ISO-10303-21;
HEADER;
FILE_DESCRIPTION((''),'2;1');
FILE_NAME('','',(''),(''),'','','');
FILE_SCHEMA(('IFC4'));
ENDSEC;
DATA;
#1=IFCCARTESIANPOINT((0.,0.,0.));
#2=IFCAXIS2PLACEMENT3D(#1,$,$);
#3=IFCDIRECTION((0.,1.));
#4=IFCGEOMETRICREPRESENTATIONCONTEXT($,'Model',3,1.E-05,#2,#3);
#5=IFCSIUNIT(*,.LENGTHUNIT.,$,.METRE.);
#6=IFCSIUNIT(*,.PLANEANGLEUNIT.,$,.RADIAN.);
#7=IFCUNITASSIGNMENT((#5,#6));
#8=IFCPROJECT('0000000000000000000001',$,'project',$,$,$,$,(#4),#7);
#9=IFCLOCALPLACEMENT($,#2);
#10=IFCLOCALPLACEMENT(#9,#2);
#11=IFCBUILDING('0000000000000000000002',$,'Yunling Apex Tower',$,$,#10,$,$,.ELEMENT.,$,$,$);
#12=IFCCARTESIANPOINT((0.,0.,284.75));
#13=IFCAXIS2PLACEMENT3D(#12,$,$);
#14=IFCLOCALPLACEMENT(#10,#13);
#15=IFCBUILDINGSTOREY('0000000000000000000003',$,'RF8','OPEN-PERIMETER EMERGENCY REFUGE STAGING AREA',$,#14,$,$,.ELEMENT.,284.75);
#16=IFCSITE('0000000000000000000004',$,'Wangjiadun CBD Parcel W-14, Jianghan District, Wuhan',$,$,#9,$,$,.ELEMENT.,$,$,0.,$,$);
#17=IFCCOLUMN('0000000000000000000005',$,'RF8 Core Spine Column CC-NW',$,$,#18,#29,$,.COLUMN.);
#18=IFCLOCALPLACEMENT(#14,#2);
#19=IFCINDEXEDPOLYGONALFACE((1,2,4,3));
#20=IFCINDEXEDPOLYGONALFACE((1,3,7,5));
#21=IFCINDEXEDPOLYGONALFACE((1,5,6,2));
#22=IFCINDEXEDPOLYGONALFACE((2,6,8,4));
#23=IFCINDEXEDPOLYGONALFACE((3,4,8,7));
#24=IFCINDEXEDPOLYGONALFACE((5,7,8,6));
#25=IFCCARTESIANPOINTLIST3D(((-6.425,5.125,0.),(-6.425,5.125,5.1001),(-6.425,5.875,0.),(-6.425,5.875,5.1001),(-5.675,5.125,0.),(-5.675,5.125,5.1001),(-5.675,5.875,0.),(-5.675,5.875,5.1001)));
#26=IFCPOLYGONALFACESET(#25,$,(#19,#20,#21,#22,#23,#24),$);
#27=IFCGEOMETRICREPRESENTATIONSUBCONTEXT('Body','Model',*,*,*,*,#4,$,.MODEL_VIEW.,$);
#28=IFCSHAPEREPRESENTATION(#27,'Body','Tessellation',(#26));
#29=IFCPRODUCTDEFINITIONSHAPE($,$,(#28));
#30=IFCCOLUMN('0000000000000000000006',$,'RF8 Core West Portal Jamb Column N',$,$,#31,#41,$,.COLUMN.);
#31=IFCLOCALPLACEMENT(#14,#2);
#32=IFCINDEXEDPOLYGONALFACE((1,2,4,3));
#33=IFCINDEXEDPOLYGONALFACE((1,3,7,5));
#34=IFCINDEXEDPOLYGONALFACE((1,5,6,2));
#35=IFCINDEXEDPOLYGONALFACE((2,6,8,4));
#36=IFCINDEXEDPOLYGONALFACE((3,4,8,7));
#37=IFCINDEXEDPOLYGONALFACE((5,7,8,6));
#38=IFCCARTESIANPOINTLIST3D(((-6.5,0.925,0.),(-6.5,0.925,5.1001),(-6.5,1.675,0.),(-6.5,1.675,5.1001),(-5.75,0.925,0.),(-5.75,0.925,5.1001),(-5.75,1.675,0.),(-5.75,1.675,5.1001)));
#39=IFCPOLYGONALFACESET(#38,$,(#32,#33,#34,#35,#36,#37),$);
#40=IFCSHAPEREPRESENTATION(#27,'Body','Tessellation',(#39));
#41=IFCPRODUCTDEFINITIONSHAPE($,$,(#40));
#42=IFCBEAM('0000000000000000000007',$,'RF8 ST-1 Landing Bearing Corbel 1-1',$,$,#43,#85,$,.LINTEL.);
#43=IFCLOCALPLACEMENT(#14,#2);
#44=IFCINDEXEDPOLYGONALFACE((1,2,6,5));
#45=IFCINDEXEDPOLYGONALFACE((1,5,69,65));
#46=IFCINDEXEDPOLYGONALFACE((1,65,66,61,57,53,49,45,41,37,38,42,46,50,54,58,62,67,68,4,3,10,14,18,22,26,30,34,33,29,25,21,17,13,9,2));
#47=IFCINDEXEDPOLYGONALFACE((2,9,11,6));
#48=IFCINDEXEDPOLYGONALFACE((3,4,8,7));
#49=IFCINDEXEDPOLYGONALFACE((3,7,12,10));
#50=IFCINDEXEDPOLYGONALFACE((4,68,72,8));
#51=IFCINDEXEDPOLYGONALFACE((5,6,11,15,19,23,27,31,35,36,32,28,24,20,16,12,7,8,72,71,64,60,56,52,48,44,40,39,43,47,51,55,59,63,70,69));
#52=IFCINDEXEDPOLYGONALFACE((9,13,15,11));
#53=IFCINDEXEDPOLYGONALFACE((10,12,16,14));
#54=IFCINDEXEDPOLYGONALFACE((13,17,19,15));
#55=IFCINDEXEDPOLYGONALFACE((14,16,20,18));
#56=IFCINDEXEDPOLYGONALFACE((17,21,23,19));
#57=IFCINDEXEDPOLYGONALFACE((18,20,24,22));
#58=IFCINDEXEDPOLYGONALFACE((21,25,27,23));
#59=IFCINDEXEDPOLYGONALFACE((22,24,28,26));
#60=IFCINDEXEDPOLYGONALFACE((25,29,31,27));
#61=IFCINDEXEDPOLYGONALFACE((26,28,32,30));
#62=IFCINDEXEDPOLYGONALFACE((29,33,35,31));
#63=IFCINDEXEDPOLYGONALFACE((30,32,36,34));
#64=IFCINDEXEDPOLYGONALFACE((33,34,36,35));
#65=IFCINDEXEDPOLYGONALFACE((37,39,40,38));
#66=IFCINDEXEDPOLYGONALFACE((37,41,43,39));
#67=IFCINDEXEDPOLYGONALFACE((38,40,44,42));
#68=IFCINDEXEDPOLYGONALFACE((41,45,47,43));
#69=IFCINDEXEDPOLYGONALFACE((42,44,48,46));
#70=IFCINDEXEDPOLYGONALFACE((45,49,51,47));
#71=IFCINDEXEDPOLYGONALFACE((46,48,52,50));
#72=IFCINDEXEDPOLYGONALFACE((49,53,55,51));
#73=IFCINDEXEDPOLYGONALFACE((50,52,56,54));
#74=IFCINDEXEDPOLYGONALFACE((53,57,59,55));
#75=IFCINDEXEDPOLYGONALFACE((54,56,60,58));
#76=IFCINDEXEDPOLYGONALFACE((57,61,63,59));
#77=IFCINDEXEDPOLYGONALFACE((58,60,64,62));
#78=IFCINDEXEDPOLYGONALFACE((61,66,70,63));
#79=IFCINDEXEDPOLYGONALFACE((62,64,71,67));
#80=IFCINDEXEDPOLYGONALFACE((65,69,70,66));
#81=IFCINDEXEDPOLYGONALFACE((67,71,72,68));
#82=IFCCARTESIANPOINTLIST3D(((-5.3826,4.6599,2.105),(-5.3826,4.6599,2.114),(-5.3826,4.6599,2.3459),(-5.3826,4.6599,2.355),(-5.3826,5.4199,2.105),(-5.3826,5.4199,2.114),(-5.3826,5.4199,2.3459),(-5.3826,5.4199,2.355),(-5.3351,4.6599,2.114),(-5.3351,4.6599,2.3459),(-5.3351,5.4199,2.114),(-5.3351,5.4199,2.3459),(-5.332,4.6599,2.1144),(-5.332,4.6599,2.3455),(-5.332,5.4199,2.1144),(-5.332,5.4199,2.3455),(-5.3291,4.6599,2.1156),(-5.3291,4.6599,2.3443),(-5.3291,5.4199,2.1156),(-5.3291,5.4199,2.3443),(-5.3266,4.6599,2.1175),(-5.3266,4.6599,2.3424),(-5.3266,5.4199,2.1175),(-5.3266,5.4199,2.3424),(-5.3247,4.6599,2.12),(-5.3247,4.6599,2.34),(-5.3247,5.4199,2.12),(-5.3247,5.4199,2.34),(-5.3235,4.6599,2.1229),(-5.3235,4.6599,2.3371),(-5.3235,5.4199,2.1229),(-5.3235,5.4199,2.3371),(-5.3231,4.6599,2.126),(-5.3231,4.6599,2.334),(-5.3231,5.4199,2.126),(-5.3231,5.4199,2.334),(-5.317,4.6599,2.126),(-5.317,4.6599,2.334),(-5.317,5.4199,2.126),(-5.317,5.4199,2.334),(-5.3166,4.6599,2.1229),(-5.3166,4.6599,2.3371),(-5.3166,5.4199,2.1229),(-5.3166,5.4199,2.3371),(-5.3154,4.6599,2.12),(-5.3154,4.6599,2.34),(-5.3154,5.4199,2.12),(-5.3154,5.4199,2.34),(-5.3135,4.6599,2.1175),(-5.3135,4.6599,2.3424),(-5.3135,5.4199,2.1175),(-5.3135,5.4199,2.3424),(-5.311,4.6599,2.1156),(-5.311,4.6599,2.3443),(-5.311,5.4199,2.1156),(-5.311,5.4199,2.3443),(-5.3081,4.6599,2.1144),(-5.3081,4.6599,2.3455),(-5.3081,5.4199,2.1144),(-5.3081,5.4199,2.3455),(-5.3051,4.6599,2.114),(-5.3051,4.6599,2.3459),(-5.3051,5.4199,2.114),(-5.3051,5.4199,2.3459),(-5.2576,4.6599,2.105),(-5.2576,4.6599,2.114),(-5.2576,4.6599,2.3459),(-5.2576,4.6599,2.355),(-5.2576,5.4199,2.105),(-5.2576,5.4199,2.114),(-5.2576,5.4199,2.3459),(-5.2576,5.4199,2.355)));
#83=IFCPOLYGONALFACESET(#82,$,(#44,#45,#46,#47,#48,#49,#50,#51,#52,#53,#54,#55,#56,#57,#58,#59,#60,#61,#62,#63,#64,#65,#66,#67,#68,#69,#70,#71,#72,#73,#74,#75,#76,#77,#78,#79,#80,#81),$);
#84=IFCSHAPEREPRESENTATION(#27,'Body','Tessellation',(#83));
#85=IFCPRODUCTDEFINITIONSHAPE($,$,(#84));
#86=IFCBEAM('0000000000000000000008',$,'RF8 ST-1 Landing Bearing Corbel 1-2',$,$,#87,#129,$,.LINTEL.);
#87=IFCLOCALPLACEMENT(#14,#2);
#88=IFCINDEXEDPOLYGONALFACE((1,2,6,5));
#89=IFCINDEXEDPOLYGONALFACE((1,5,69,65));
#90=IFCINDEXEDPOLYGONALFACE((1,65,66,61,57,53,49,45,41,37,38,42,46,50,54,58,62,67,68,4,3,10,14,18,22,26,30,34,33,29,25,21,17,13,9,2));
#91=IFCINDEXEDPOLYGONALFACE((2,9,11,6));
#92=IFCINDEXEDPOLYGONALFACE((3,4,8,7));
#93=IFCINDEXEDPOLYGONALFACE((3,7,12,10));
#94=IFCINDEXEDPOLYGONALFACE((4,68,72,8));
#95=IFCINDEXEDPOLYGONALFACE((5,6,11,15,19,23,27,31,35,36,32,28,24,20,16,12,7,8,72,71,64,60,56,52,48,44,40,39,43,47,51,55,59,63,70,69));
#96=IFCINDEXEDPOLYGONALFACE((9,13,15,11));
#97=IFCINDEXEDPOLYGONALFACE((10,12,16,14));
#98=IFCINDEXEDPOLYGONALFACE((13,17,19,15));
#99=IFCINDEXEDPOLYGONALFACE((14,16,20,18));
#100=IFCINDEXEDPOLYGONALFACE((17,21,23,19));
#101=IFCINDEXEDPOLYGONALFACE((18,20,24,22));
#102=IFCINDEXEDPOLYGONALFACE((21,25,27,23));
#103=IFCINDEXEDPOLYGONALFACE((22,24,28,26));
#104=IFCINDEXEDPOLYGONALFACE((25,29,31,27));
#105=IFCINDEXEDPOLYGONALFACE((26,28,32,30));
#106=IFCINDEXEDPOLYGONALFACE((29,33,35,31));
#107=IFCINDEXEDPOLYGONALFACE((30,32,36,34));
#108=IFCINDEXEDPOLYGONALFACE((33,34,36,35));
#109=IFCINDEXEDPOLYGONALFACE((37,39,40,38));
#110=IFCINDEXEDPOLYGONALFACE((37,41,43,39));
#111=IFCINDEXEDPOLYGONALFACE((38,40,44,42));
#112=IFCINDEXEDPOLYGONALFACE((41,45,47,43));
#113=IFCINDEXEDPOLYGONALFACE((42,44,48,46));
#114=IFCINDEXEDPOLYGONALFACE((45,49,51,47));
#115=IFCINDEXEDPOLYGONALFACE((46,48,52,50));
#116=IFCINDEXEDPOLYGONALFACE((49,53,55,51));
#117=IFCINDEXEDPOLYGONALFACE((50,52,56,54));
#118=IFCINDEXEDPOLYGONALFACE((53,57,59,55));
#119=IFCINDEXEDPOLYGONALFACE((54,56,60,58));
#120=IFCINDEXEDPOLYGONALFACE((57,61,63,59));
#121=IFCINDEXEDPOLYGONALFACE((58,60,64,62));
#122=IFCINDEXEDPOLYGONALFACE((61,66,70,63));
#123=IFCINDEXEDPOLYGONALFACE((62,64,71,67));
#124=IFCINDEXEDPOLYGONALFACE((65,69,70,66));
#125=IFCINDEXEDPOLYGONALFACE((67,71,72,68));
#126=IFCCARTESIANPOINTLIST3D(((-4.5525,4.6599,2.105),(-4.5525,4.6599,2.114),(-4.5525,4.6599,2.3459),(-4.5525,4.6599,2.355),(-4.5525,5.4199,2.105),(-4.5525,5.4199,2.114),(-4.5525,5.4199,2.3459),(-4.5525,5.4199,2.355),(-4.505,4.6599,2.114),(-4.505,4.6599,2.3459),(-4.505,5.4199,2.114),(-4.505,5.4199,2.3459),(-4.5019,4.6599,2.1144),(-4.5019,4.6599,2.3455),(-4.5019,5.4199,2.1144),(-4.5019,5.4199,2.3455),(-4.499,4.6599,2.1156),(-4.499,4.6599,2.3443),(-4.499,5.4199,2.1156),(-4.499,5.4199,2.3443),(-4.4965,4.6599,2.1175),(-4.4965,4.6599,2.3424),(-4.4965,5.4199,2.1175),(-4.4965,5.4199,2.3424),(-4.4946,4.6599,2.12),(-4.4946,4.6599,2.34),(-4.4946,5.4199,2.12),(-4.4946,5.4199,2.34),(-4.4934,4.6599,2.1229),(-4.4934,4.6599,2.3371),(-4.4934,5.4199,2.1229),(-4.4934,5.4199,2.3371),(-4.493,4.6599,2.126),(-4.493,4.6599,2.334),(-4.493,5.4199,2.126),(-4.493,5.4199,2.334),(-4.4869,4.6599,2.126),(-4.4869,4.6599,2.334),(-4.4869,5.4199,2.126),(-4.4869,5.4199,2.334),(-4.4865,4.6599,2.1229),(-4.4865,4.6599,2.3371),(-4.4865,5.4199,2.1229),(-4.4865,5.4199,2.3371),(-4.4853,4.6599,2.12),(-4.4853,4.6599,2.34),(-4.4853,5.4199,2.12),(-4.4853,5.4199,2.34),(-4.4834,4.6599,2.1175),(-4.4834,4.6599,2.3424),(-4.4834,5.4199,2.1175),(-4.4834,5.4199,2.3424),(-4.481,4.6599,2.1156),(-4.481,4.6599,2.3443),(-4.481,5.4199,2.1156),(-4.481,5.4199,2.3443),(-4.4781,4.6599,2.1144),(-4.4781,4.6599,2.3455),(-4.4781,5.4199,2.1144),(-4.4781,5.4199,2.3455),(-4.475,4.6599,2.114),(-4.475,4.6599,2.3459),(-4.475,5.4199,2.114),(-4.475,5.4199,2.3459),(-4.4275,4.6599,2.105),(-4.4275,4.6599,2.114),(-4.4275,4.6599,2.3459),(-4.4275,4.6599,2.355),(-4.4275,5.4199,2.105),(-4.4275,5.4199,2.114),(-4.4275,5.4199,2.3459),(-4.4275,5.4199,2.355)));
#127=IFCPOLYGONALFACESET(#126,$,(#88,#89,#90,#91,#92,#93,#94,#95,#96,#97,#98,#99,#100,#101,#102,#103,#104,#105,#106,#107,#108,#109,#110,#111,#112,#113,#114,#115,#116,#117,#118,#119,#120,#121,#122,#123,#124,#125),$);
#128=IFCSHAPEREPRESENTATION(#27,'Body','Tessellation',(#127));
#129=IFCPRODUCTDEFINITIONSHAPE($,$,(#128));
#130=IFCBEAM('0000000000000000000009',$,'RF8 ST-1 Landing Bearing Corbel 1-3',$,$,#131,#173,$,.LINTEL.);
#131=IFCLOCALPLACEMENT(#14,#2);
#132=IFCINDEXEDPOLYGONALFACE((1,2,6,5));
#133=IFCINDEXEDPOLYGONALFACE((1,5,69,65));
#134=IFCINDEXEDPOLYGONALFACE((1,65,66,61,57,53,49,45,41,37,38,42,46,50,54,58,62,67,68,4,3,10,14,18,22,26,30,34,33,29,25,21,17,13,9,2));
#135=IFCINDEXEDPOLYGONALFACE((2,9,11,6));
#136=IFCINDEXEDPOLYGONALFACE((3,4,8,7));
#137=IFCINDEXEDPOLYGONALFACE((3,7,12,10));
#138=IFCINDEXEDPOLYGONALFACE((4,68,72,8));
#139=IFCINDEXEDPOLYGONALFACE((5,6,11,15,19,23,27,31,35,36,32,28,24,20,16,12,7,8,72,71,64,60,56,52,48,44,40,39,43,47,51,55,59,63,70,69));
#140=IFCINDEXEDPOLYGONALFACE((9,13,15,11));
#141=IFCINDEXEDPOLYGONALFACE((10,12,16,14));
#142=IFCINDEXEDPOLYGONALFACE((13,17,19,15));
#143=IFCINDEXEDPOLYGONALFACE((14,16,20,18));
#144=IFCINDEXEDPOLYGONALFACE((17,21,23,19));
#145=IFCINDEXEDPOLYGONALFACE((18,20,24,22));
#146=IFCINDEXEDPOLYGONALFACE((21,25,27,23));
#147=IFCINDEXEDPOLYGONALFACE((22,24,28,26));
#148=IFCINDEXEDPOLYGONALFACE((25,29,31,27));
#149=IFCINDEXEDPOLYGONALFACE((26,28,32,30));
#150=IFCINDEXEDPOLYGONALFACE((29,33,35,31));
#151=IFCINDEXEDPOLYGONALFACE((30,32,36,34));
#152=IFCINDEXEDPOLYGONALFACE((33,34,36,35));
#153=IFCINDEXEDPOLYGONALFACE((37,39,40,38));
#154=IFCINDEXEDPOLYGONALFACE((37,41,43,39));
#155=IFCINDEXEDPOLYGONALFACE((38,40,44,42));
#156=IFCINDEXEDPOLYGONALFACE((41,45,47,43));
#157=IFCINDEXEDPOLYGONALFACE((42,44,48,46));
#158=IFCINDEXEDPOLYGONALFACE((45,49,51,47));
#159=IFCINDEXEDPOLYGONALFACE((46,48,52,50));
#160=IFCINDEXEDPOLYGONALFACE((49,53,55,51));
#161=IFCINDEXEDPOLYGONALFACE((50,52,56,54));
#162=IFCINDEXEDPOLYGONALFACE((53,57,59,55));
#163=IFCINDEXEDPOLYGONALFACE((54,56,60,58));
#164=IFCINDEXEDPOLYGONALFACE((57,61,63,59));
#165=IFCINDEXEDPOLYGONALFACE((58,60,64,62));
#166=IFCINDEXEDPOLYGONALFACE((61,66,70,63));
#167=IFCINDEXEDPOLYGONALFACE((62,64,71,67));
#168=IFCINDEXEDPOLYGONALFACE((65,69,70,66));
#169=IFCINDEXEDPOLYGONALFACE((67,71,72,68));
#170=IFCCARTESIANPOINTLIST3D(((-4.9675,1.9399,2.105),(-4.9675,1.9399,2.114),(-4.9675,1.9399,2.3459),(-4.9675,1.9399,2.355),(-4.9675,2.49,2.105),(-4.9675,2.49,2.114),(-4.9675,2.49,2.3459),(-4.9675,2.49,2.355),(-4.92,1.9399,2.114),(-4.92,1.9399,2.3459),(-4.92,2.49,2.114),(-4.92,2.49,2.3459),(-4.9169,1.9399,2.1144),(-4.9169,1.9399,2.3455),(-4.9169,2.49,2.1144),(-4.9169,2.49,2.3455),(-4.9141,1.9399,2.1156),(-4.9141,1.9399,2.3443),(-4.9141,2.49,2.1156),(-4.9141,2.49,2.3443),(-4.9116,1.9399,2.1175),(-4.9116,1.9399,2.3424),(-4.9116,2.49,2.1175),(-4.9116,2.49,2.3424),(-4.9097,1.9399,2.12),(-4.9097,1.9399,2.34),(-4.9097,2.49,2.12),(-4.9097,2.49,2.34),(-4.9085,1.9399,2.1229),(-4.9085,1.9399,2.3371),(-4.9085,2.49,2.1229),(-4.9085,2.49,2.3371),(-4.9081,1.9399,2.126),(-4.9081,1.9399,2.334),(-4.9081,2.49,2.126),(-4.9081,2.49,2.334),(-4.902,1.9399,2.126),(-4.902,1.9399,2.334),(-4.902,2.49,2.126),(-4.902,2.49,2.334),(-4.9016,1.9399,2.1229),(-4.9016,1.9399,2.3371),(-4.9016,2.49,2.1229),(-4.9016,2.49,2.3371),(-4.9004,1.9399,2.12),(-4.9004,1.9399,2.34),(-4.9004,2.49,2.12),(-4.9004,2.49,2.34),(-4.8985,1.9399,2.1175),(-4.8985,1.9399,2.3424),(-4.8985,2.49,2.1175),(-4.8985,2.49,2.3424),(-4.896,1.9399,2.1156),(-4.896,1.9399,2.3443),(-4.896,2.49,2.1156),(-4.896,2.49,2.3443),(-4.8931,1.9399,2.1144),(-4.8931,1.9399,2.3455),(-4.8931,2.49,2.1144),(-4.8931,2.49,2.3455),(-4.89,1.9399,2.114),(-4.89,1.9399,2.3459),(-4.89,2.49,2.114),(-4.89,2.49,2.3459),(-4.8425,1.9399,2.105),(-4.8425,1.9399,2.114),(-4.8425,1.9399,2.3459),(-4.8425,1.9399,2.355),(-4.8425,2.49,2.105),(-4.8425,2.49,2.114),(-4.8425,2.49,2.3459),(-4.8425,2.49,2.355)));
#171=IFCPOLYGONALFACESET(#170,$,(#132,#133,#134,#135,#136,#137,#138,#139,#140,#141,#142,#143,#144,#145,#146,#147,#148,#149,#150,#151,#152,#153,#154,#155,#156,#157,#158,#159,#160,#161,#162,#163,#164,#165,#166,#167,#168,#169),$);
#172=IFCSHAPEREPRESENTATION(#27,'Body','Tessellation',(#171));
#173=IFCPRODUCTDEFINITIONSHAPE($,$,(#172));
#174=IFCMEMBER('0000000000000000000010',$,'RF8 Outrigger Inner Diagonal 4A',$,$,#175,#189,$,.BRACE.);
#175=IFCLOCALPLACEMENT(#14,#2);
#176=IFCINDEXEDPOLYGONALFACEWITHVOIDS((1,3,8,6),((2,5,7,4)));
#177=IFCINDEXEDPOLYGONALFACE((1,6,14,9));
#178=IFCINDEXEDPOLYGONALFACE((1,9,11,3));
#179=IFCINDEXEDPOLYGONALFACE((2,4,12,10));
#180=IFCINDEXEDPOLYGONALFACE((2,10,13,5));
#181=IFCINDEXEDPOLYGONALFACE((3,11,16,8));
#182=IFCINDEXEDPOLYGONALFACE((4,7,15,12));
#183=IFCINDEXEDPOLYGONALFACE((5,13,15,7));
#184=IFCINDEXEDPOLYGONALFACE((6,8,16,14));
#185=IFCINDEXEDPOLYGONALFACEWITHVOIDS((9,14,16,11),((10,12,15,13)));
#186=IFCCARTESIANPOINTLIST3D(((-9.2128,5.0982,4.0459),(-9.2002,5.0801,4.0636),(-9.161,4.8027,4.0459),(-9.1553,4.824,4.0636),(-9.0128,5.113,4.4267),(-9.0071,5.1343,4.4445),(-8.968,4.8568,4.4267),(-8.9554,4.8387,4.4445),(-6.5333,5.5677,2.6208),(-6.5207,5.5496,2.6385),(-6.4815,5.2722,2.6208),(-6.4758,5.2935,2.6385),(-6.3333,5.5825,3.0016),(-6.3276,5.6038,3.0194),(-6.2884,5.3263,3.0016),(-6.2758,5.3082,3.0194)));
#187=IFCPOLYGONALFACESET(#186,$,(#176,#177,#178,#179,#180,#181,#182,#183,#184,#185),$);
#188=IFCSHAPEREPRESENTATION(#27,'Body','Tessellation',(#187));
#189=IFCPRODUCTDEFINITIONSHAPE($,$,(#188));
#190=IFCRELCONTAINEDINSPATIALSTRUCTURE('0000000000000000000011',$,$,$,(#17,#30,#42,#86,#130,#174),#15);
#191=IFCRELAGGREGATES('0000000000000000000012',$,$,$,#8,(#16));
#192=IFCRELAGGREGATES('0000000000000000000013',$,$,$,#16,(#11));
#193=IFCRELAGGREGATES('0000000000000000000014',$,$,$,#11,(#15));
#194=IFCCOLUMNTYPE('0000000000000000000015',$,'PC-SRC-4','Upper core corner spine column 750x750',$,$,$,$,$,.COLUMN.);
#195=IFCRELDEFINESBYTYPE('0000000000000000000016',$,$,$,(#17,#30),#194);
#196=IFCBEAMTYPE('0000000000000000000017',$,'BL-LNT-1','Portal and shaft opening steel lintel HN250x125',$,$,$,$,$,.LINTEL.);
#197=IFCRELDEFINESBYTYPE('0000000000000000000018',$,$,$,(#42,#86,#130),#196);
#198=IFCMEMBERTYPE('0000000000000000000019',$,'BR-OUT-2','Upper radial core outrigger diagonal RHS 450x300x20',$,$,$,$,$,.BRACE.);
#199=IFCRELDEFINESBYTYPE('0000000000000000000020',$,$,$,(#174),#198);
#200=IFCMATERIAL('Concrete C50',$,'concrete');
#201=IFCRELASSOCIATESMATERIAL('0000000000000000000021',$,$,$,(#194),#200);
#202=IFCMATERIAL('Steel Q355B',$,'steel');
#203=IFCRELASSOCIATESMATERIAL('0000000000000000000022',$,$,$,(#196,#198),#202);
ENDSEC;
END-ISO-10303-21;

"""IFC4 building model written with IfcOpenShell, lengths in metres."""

from ifc_helpers import new_model, si_unit, direction, frame, origin, origin_2d, place, context, subcontext, project, spatial, rectangle, hollow_rectangle, i_section, extrude, source, transform, mapped, material, material_profile, profile_set, type_object, element, save


model = new_model("IFC4")

# Units and contexts
model_context = context("Model", 3, precision=1e-05, world=origin(), true_north=direction((0.0, 1.0)))
body_context = subcontext(model_context, "Body", "Model", "MODEL_VIEW")
ifc_project = project(units=[si_unit("LENGTHUNIT", "METRE"), si_unit("PLANEANGLEUNIT", "RADIAN")], contexts=[model_context])

# Site, building, storey
site_placement = place(None, origin())
site = spatial("IfcSite", under=ifc_project, at=site_placement, Name="Wangjiadun CBD Parcel W-14, Jianghan District, Wuhan", CompositionType="ELEMENT", RefElevation=0.0)
building_placement = place(site_placement, origin())
building = spatial("IfcBuilding", under=site, at=building_placement, Name="Yunling Apex Tower", CompositionType="ELEMENT")
storey_placement = place(building_placement, frame((0.0, 0.0, 284.75)))
storey = spatial("IfcBuildingStorey", under=building, at=storey_placement, Name="RF8", Description="OPEN-PERIMETER EMERGENCY REFUGE STAGING AREA", CompositionType="ELEMENT", Elevation=284.75)

# Columns
ifc_material_1 = material(Name="Concrete C50", Category="concrete")
ifc_material_profile_1 = material_profile(ifc_material_1, rectangle(XDim=0.75, YDim=0.75, at=origin_2d()))
ifc_profile_set_1 = profile_set([ifc_material_profile_1], Name="Concrete C50")
column_type = type_object("IfcColumnType", Name="PC-SRC-4", Description="Upper core corner spine column 750x750", PredefinedType="COLUMN", material=ifc_profile_set_1)
shared_shape_1 = source(origin(), body_context, "Body", "SweptSolid", [
    extrude(rectangle(XDim=0.75, YDim=0.75, at=origin_2d()), origin(), (0.0, 0.0, 1.0), 5.1001),
])
for number, where, z_axis, x_axis, name in (
    (1, (-6.05, 5.5, 0.0), (0.0, 0.0, 1.0), (1.0, 0.0, 0.0), "RF8 Core Spine Column CC-NW"),
    (2, (-6.125, 1.3, 0.0), (0.0, 0.0, 1.0), (1.0, 0.0, 0.0), "RF8 Core West Portal Jamb Column N"),
):
    element("IfcColumn", number, at=place(storey_placement, frame(where, z_axis=z_axis, x_axis=x_axis)), inside=storey, type_object=column_type, Name=name, PredefinedType="COLUMN", context=body_context, shape_type="MappedRepresentation", body=[
        mapped(shared_shape_1, transform((0.0, 0.0, 0.0), scale=1.0)),
    ])

# Beams
ifc_material_2 = material(Name="Steel Q355B", Category="steel")
ifc_material_profile_2 = material_profile(ifc_material_2, i_section(OverallWidth=0.125, OverallDepth=0.25, WebThickness=0.0061, FlangeThickness=0.009, FilletRadius=0.012, at=origin_2d()))
ifc_profile_set_2 = profile_set([ifc_material_profile_2], Name="Steel Q355B")
beam_type = type_object("IfcBeamType", Name="BL-LNT-1", Description="Portal and shaft opening steel lintel HN250x125", PredefinedType="LINTEL", material=ifc_profile_set_2)
shared_shape_2 = source(origin(), body_context, "Body", "SweptSolid", [
    extrude(i_section(OverallWidth=0.125, OverallDepth=0.25, WebThickness=0.0061, FlangeThickness=0.009, FilletRadius=0.012, at=origin_2d()), origin(), (0.0, 0.0, 1.0), 0.76),
])
for number, where, z_axis, x_axis, name in (
    (3, (-5.3201, 5.4199, 2.23), (0.0, -1.0, 0.0), (1.0, 0.0, 0.0), "RF8 ST-1 Landing Bearing Corbel 1-1"),
    (4, (-4.49, 5.4199, 2.23), (0.0, -1.0, 0.0), (1.0, 0.0, 0.0), "RF8 ST-1 Landing Bearing Corbel 1-2"),
):
    element("IfcBeam", number, at=place(storey_placement, frame(where, z_axis=z_axis, x_axis=x_axis)), inside=storey, type_object=beam_type, Name=name, PredefinedType="LINTEL", context=body_context, shape_type="MappedRepresentation", body=[
        mapped(shared_shape_2, transform((0.0, 0.0, 0.0), scale=1.0)),
    ])
shared_shape_3 = source(origin(), body_context, "Body", "SweptSolid", [
    extrude(i_section(OverallWidth=0.125, OverallDepth=0.25, WebThickness=0.0061, FlangeThickness=0.009, FilletRadius=0.012, at=origin_2d()), origin(), (0.0, 0.0, 1.0), 0.55),
])
beam_placement = place(storey_placement, frame((-4.905, 1.9399, 2.23), z_axis=(0.0, 1.0, 0.0), x_axis=(-1.0, 0.0, 0.0)))
element("IfcBeam", 5, at=beam_placement, inside=storey, type_object=beam_type, Name="RF8 ST-1 Landing Bearing Corbel 1-3", PredefinedType="LINTEL", context=body_context, shape_type="MappedRepresentation", body=[
    mapped(shared_shape_3, transform((0.0, 0.0, 0.0), scale=1.0)),
])

# Member
ifc_material_profile_3 = material_profile(ifc_material_2, hollow_rectangle(XDim=0.3, YDim=0.45, WallThickness=0.02, at=origin_2d()))
ifc_profile_set_3 = profile_set([ifc_material_profile_3], Name="Steel Q355B")
member_type = type_object("IfcMemberType", Name="BR-OUT-2", Description="Upper radial core outrigger diagonal RHS 450x300x20", PredefinedType="BRACE", material=ifc_profile_set_3)
shared_shape_4 = source(origin(), body_context, "Body", "SweptSolid", [
    extrude(hollow_rectangle(XDim=0.3, YDim=0.45, WallThickness=0.02, at=origin_2d()), origin(), (0.0, 0.0, 1.0), 3.071),
])
member_placement = place(storey_placement, frame((-6.4045, 5.438, 2.8201), z_axis=(-0.872519, -0.15288, 0.464045), x_axis=(0.172587, -0.984994, 0.0)))
element("IfcMember", 6, at=member_placement, inside=storey, type_object=member_type, Name="RF8 Outrigger Inner Diagonal 4A", PredefinedType="BRACE", context=body_context, shape_type="MappedRepresentation", body=[
    mapped(shared_shape_4, transform((0.0, 0.0, 0.0), scale=1.0)),
])

save(model, "model.ifc")
